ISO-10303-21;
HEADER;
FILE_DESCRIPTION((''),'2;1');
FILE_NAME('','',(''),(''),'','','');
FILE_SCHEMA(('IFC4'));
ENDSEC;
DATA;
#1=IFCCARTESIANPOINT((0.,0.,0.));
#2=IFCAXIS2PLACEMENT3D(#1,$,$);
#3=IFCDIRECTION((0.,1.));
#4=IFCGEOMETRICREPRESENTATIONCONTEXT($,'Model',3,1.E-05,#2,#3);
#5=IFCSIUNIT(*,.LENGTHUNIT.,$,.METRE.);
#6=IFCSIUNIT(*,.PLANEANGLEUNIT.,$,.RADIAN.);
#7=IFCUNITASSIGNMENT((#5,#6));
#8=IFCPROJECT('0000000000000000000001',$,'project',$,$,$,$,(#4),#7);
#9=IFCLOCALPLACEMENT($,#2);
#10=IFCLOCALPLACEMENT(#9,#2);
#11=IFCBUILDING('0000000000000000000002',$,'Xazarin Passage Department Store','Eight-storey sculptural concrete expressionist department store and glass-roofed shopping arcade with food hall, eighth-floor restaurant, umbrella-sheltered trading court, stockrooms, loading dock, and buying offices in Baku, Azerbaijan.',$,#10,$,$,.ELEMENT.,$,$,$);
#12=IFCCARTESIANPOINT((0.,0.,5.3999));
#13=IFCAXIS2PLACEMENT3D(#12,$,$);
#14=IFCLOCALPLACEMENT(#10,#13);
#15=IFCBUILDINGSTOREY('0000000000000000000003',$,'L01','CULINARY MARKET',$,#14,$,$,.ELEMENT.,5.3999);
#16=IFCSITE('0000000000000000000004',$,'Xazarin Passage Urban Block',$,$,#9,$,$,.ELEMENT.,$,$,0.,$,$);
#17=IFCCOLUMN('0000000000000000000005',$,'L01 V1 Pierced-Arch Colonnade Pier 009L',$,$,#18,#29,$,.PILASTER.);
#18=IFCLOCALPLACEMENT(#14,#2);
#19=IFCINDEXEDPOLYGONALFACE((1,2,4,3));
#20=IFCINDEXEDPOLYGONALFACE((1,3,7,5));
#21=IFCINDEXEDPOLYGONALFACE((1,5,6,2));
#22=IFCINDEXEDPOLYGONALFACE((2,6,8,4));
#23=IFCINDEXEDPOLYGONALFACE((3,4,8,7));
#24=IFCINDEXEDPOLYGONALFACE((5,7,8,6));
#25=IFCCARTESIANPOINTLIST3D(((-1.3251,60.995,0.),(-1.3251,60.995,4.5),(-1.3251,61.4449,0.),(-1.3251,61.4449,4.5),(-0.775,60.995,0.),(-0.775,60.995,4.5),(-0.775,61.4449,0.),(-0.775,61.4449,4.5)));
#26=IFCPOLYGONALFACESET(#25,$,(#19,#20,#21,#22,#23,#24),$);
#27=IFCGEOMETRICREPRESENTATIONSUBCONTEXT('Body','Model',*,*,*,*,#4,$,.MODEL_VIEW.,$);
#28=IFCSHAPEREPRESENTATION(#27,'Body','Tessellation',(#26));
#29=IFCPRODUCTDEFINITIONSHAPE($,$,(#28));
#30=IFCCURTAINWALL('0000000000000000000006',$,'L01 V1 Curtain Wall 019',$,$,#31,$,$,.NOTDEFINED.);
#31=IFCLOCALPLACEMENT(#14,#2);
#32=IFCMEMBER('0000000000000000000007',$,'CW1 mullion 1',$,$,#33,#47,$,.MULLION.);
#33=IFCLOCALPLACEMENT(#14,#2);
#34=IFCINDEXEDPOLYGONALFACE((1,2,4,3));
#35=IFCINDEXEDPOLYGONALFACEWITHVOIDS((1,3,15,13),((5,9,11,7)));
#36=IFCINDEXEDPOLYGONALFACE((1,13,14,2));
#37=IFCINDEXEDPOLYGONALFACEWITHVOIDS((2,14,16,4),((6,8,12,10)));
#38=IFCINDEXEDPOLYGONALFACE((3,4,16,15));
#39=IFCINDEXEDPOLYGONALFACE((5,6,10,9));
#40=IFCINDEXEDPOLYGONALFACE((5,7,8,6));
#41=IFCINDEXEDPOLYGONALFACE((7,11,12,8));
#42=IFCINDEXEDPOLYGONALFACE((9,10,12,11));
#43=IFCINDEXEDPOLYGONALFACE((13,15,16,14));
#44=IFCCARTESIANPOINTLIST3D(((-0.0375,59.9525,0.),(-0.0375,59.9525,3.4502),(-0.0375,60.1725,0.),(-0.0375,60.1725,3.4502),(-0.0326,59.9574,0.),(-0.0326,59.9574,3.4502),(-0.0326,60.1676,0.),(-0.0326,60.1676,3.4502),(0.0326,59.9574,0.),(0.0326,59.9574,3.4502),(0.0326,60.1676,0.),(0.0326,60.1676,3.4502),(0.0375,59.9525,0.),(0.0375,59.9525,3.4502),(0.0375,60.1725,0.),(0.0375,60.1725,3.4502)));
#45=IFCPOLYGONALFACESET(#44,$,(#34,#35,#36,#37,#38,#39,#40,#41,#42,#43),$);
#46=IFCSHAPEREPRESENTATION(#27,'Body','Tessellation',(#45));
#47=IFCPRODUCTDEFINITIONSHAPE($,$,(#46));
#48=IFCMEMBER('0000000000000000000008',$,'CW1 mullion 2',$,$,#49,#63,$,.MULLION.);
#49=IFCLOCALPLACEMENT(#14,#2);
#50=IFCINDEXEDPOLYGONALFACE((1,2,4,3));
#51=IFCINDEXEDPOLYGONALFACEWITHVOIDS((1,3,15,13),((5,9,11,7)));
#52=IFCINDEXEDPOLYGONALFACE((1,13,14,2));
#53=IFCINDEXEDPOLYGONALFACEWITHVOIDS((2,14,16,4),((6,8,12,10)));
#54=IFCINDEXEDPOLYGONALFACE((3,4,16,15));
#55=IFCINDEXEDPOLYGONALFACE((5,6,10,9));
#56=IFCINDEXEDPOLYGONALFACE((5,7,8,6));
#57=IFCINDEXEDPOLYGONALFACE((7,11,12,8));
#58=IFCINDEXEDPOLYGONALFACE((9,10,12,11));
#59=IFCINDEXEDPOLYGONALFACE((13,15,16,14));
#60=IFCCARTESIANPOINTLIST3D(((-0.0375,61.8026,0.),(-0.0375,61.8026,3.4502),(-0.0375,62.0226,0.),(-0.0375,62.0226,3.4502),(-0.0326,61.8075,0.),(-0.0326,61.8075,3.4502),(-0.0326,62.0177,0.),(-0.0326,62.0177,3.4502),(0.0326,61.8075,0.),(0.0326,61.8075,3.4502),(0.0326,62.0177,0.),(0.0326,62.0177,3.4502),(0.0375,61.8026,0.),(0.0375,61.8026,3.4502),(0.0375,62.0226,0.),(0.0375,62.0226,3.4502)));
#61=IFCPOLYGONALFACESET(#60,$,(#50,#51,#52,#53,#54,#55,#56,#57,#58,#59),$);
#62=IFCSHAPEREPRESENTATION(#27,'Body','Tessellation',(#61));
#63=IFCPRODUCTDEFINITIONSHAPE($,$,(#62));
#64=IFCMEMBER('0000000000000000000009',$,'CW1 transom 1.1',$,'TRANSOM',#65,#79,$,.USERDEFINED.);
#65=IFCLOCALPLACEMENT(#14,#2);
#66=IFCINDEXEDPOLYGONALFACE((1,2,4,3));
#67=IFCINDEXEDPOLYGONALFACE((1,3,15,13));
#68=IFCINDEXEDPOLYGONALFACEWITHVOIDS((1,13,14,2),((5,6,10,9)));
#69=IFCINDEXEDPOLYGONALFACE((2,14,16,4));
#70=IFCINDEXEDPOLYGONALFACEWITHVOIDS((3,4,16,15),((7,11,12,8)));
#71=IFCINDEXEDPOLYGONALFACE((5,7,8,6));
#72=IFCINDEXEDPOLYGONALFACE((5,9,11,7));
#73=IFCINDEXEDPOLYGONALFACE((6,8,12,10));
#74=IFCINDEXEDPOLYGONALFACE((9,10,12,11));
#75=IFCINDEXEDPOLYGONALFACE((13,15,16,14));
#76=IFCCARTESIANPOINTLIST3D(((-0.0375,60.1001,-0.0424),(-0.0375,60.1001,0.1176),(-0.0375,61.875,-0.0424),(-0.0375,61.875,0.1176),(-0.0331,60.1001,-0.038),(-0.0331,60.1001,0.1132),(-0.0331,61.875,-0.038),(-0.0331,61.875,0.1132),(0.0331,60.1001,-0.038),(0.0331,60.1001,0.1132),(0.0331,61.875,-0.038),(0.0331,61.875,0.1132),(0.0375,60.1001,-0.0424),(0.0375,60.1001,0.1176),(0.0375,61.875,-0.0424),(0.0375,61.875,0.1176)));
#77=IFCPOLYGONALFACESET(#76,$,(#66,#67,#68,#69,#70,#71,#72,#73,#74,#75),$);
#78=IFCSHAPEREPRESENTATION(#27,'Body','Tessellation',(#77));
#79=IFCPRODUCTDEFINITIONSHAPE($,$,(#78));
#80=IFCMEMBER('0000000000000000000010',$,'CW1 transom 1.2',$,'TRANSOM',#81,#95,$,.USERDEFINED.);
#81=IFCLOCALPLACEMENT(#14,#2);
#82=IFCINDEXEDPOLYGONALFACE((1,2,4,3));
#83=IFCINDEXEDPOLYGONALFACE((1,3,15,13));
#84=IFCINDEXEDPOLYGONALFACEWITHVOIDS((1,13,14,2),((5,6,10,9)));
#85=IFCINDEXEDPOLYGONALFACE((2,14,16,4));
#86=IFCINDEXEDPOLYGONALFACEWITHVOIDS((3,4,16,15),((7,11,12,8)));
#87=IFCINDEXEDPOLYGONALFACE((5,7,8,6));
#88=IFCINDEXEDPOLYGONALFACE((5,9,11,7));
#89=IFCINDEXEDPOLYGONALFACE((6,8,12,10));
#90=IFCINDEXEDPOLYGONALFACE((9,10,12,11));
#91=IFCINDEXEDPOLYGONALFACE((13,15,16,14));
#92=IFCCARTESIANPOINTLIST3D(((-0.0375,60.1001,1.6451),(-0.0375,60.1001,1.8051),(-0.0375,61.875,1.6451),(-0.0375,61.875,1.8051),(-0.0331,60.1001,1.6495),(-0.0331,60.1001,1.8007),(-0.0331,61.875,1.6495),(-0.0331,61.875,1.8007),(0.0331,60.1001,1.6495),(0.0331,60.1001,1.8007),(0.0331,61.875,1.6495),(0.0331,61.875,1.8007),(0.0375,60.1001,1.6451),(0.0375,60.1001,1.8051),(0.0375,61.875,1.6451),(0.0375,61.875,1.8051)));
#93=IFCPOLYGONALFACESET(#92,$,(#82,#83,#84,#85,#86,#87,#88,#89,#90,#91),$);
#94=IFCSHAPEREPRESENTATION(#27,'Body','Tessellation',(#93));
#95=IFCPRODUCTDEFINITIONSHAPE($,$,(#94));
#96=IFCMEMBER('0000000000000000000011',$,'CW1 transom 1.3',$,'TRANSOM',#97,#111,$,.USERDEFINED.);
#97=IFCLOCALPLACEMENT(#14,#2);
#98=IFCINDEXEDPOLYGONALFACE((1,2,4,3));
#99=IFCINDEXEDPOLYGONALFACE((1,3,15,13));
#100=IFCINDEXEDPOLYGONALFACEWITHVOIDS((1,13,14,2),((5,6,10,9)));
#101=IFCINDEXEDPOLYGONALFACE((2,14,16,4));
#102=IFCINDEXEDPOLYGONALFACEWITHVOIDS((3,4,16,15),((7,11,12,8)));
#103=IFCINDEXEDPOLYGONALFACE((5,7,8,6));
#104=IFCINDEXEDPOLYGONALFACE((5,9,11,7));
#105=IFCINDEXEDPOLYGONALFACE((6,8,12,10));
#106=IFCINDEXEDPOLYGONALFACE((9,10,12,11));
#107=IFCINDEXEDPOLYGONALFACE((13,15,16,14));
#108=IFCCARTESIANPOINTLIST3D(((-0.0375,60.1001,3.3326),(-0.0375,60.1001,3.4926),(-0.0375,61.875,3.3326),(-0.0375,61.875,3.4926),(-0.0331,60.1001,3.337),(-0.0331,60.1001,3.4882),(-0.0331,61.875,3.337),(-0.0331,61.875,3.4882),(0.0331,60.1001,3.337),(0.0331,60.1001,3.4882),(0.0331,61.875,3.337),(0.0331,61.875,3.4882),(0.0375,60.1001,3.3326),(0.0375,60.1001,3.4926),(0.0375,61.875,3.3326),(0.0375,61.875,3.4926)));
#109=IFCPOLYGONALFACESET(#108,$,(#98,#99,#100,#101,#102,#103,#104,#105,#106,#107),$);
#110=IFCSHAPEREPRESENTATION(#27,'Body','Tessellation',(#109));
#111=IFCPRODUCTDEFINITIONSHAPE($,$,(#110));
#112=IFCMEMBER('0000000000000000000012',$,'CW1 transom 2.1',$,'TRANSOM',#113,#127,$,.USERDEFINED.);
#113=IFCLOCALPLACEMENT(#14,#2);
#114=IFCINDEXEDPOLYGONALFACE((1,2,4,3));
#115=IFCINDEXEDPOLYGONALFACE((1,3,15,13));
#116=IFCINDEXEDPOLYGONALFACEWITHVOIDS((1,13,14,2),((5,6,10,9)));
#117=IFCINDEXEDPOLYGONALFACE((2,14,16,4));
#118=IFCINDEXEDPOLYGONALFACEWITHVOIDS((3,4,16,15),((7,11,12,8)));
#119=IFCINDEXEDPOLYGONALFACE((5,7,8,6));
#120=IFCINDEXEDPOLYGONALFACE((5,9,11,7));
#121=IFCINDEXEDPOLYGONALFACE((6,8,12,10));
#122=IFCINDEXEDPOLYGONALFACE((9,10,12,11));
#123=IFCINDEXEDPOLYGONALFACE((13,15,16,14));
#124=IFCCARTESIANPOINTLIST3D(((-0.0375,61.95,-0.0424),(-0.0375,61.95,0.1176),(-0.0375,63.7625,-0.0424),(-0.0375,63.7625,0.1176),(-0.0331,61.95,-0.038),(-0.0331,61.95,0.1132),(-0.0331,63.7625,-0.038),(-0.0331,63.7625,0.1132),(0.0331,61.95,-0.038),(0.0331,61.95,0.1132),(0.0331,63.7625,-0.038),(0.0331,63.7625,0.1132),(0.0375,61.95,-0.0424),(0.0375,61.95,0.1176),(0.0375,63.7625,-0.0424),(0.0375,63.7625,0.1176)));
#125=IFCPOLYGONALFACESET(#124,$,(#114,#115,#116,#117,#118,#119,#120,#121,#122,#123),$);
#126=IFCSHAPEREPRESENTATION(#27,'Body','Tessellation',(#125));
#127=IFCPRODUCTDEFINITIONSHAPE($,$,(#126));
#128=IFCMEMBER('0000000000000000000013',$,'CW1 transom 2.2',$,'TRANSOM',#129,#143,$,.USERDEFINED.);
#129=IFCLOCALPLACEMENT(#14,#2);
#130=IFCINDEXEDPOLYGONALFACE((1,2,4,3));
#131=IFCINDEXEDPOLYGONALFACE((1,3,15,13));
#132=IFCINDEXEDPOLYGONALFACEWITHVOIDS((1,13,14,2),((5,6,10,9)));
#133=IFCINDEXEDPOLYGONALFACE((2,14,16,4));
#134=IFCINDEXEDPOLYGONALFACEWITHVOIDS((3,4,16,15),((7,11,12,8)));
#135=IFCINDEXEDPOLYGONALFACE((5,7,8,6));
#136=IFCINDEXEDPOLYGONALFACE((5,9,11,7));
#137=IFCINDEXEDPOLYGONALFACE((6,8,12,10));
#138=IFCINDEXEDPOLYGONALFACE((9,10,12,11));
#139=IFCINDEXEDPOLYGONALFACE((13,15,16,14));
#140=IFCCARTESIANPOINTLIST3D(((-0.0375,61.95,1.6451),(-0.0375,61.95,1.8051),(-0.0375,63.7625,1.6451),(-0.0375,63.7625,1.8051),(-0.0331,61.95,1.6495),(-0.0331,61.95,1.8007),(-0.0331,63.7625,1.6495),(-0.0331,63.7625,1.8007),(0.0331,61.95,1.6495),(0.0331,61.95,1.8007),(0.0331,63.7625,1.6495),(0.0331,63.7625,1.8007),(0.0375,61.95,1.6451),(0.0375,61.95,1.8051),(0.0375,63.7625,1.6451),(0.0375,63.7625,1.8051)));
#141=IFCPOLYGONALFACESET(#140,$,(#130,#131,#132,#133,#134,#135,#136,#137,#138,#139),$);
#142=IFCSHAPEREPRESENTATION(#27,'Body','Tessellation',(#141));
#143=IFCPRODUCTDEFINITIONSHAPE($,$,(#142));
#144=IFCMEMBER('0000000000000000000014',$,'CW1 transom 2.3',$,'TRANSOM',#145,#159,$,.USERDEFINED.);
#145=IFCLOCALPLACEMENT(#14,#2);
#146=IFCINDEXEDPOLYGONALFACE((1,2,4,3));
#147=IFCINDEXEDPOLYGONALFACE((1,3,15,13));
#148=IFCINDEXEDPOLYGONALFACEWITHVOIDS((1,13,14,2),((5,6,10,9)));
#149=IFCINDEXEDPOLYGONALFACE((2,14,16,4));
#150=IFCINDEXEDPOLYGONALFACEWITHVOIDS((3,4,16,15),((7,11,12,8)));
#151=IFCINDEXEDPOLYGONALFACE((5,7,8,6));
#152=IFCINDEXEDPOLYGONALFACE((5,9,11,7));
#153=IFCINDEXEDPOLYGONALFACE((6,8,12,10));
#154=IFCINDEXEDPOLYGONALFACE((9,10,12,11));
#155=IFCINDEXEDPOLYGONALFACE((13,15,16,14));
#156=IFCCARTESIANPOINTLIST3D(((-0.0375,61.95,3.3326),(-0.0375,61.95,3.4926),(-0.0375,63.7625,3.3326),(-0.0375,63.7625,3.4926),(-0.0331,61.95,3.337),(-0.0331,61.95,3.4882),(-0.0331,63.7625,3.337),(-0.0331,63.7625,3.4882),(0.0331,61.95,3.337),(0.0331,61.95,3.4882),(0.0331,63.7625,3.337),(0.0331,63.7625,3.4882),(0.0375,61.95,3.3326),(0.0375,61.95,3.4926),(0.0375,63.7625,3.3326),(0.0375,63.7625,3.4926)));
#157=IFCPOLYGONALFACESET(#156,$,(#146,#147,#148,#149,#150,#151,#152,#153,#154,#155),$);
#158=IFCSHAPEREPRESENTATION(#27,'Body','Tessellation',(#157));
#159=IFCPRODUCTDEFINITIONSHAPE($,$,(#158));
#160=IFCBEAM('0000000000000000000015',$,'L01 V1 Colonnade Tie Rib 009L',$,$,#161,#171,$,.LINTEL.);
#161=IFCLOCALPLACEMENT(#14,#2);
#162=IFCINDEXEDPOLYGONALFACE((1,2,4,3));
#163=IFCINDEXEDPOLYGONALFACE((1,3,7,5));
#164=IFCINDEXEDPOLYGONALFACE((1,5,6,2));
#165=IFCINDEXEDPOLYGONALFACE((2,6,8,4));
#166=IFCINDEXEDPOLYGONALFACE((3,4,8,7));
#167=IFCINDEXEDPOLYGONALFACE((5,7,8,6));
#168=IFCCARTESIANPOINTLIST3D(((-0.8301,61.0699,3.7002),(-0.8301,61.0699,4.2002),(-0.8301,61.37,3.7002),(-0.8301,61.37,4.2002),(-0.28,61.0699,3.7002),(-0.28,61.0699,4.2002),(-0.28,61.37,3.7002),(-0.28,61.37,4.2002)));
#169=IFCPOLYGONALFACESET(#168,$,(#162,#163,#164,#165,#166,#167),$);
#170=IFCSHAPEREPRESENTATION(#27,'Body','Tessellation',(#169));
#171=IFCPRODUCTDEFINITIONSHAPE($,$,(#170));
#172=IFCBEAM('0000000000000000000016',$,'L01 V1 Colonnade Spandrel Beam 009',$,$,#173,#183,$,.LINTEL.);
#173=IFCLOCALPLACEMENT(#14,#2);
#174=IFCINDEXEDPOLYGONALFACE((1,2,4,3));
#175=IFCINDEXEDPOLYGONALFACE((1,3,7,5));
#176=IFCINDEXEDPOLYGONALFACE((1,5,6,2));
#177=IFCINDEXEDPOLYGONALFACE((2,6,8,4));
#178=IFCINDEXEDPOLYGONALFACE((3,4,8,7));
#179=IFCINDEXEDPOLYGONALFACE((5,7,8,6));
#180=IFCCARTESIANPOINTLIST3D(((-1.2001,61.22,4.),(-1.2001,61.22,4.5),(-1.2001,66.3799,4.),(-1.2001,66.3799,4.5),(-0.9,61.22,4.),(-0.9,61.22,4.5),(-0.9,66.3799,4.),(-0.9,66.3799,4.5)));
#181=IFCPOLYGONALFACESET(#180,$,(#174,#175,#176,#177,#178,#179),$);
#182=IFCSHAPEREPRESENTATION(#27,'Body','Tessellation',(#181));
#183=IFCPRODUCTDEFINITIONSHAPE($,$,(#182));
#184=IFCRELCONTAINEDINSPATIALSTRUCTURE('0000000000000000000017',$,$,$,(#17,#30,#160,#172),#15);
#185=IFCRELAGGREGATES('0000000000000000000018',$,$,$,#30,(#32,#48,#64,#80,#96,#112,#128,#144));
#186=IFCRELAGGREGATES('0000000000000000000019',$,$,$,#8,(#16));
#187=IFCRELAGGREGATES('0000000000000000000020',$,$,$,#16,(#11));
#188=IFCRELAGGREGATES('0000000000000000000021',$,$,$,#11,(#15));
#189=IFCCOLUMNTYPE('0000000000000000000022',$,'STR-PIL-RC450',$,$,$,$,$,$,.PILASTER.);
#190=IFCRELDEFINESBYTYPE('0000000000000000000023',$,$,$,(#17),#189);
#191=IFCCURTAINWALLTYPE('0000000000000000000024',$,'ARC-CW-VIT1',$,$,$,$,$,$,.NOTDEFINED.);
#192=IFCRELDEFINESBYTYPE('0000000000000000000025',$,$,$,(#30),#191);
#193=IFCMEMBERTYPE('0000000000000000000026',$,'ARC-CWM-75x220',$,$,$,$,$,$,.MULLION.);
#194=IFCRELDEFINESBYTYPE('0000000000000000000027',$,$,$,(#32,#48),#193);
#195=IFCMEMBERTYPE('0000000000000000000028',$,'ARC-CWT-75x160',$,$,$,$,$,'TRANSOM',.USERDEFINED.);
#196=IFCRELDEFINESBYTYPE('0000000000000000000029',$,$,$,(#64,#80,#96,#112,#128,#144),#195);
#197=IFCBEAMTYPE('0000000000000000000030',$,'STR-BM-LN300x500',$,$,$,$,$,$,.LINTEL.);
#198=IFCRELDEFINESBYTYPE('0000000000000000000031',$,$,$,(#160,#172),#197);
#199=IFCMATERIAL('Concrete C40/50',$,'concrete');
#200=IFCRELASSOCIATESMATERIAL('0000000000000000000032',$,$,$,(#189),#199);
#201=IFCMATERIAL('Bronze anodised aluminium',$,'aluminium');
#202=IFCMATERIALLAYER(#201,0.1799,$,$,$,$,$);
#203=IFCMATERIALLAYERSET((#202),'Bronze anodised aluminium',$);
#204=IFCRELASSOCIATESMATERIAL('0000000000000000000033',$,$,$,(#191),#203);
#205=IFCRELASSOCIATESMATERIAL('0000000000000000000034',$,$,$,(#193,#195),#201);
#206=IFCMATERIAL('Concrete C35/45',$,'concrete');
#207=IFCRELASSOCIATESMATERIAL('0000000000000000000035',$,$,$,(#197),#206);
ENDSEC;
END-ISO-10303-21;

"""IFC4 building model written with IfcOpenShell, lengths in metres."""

from ifc_helpers import new_model, si_unit, direction, frame, origin, origin_2d, place, context, subcontext, project, spatial, rectangle, hollow_rectangle, extrude, material, layer, layer_set, material_profile, profile_set, type_object, element, aggregate, save


model = new_model("IFC4")

# Units and contexts
model_context = context("Model", 3, precision=1e-05, world=origin(), true_north=direction((0.0, 1.0)))
body_context = subcontext(model_context, "Body", "Model", "MODEL_VIEW")
ifc_project = project(units=[si_unit("LENGTHUNIT", "METRE"), si_unit("PLANEANGLEUNIT", "RADIAN")], contexts=[model_context])

# Site, building, storey
site_placement = place(None, origin())
site = spatial("IfcSite", under=ifc_project, at=site_placement, Name="Xazarin Passage Urban Block", CompositionType="ELEMENT", RefElevation=0.0)
building_placement = place(site_placement, origin())
building = spatial("IfcBuilding", under=site, at=building_placement, Name="Xazarin Passage Department Store", Description="Eight-storey sculptural concrete expressionist department store and glass-roofed shopping arcade with food hall, eighth-floor restaurant, umbrella-sheltered trading court, stockrooms, loading dock, and buying offices in Baku, Azerbaijan.", CompositionType="ELEMENT")
storey_placement = place(building_placement, frame((0.0, 0.0, 5.3999)))
storey = spatial("IfcBuildingStorey", under=building, at=storey_placement, Name="L01", Description="CULINARY MARKET", CompositionType="ELEMENT", Elevation=5.3999)

# Column
ifc_material_1 = material(Name="Concrete C40/50", Category="concrete")
ifc_material_profile_1 = material_profile(ifc_material_1, rectangle(XDim=0.45, YDim=0.55, at=origin_2d()), Name="RC 450x550")
ifc_profile_set_1 = profile_set([ifc_material_profile_1], Name="Concrete C40/50")
column_type = type_object("IfcColumnType", Name="STR-PIL-RC450", PredefinedType="PILASTER", material=ifc_profile_set_1)
column_placement = place(storey_placement, frame((-1.05, 61.22, 0.0), z_axis=(0.0, 0.0, 1.0), x_axis=(0.0, 1.0, 0.0)))
element("IfcColumn", 1, at=column_placement, inside=storey, type_object=column_type, Name="L01 V1 Pierced-Arch Colonnade Pier 009L", PredefinedType="PILASTER", context=body_context, shape_type="SweptSolid", body=[
    extrude(rectangle(XDim=0.45, YDim=0.55, at=origin_2d()), origin(), (0.0, 0.0, 1.0), 4.5),
])

# Curtain wall, members
ifc_material_2 = material(Name="Bronze anodised aluminium", Category="aluminium")
ifc_layer_1 = layer(ifc_material_2, 0.1799)
ifc_layer_set_1 = layer_set([ifc_layer_1], Name="Bronze anodised aluminium")
curtain_wall_type = type_object("IfcCurtainWallType", Name="ARC-CW-VIT1", PredefinedType="NOTDEFINED", material=ifc_layer_set_1)
curtain_wall_placement = place(storey_placement, origin())
curtain_wall = element("IfcCurtainWall", 2, at=curtain_wall_placement, inside=storey, type_object=curtain_wall_type, Name="L01 V1 Curtain Wall 019", PredefinedType="NOTDEFINED")
ifc_material_profile_2 = material_profile(ifc_material_2, hollow_rectangle(XDim=0.075, YDim=0.22, WallThickness=0.0049, at=origin_2d()), Name="ALU 75x220")
ifc_profile_set_2 = profile_set([ifc_material_profile_2], Name="Bronze anodised aluminium")
member_type_1 = type_object("IfcMemberType", Name="ARC-CWM-75x220", PredefinedType="MULLION", material=ifc_profile_set_2)
member_1_placement = place(storey_placement, frame((0.0, 60.0625, 0.0), z_axis=(0.0, 0.0, 1.0), x_axis=(-1.0, 0.0, 0.0)))
member_1 = element("IfcMember", 3, at=member_1_placement, type_object=member_type_1, Name="CW1 mullion 1", PredefinedType="MULLION", context=body_context, shape_type="SweptSolid", body=[
    extrude(hollow_rectangle(XDim=0.075, YDim=0.22, WallThickness=0.0049, at=origin_2d()), origin(), (0.0, 0.0, 1.0), 3.4502),
])
member_2_placement = place(storey_placement, frame((0.0, 61.9126, 0.0), z_axis=(0.0, 0.0, 1.0), x_axis=(-1.0, 0.0, 0.0)))
member_2 = element("IfcMember", 4, at=member_2_placement, type_object=member_type_1, Name="CW1 mullion 2", PredefinedType="MULLION", context=body_context, shape_type="SweptSolid", body=[
    extrude(hollow_rectangle(XDim=0.075, YDim=0.22, WallThickness=0.0049, at=origin_2d()), origin(), (0.0, 0.0, 1.0), 3.4502),
])
ifc_material_profile_3 = material_profile(ifc_material_2, hollow_rectangle(XDim=0.075, YDim=0.1599, WallThickness=0.0044, at=origin_2d()), Name="ALU 75x160")
ifc_profile_set_3 = profile_set([ifc_material_profile_3], Name="Bronze anodised aluminium")
member_type_2 = type_object("IfcMemberType", Name="ARC-CWT-75x160", ElementType="TRANSOM", PredefinedType="USERDEFINED", material=ifc_profile_set_3)
member_3_placement = place(storey_placement, frame((0.0, 60.1001, 0.0376), z_axis=(0.0, 1.0, 0.0), x_axis=(-1.0, 0.0, 0.0)))
member_3 = element("IfcMember", 5, at=member_3_placement, type_object=member_type_2, Name="CW1 transom 1.1", ObjectType="TRANSOM", PredefinedType="USERDEFINED", context=body_context, shape_type="SweptSolid", body=[
    extrude(hollow_rectangle(XDim=0.075, YDim=0.1599, WallThickness=0.0044, at=origin_2d()), origin(), (0.0, 0.0, 1.0), 1.7749),
])
member_4_placement = place(storey_placement, frame((0.0, 60.1001, 1.7251), z_axis=(0.0, 1.0, 0.0), x_axis=(-1.0, 0.0, 0.0)))
member_4 = element("IfcMember", 6, at=member_4_placement, type_object=member_type_2, Name="CW1 transom 1.2", ObjectType="TRANSOM", PredefinedType="USERDEFINED", context=body_context, shape_type="SweptSolid", body=[
    extrude(hollow_rectangle(XDim=0.075, YDim=0.1599, WallThickness=0.0044, at=origin_2d()), origin(), (0.0, 0.0, 1.0), 1.7749),
])
member_5_placement = place(storey_placement, frame((0.0, 60.1001, 3.4126), z_axis=(0.0, 1.0, 0.0), x_axis=(-1.0, 0.0, 0.0)))
member_5 = element("IfcMember", 7, at=member_5_placement, type_object=member_type_2, Name="CW1 transom 1.3", ObjectType="TRANSOM", PredefinedType="USERDEFINED", context=body_context, shape_type="SweptSolid", body=[
    extrude(hollow_rectangle(XDim=0.075, YDim=0.1599, WallThickness=0.0044, at=origin_2d()), origin(), (0.0, 0.0, 1.0), 1.7749),
])
member_6_placement = place(storey_placement, frame((0.0, 61.95, 0.0376), z_axis=(0.0, 1.0, 0.0), x_axis=(-1.0, 0.0, 0.0)))
member_6 = element("IfcMember", 8, at=member_6_placement, type_object=member_type_2, Name="CW1 transom 2.1", ObjectType="TRANSOM", PredefinedType="USERDEFINED", context=body_context, shape_type="SweptSolid", body=[
    extrude(hollow_rectangle(XDim=0.075, YDim=0.1599, WallThickness=0.0044, at=origin_2d()), origin(), (0.0, 0.0, 1.0), 1.8125),
])
member_7_placement = place(storey_placement, frame((0.0, 61.95, 1.7251), z_axis=(0.0, 1.0, 0.0), x_axis=(-1.0, 0.0, 0.0)))
member_7 = element("IfcMember", 9, at=member_7_placement, type_object=member_type_2, Name="CW1 transom 2.2", ObjectType="TRANSOM", PredefinedType="USERDEFINED", context=body_context, shape_type="SweptSolid", body=[
    extrude(hollow_rectangle(XDim=0.075, YDim=0.1599, WallThickness=0.0044, at=origin_2d()), origin(), (0.0, 0.0, 1.0), 1.8125),
])
member_8_placement = place(storey_placement, frame((0.0, 61.95, 3.4126), z_axis=(0.0, 1.0, 0.0), x_axis=(-1.0, 0.0, 0.0)))
member_8 = element("IfcMember", 10, at=member_8_placement, type_object=member_type_2, Name="CW1 transom 2.3", ObjectType="TRANSOM", PredefinedType="USERDEFINED", context=body_context, shape_type="SweptSolid", body=[
    extrude(hollow_rectangle(XDim=0.075, YDim=0.1599, WallThickness=0.0044, at=origin_2d()), origin(), (0.0, 0.0, 1.0), 1.8125),
])

# Beams
ifc_material_3 = material(Name="Concrete C35/45", Category="concrete")
ifc_material_profile_4 = material_profile(ifc_material_3, rectangle(XDim=0.3, YDim=0.5, at=origin_2d()), Name="RC 300x500")
ifc_profile_set_4 = profile_set([ifc_material_profile_4], Name="Concrete C35/45")
beam_type_1 = type_object("IfcBeamType", Name="STR-BM-LN300x500", PredefinedType="LINTEL", material=ifc_profile_set_4)
beam_1_placement = place(storey_placement, frame((-0.28, 61.22, 3.9502), z_axis=(-1.0, 0.0, 0.0), x_axis=(0.0, -1.0, 0.0)))
element("IfcBeam", 11, at=beam_1_placement, inside=storey, type_object=beam_type_1, Name="L01 V1 Colonnade Tie Rib 009L", PredefinedType="LINTEL", context=body_context, shape_type="SweptSolid", body=[
    extrude(rectangle(XDim=0.3, YDim=0.5, at=origin_2d()), origin(), (0.0, 0.0, 1.0), 0.55),
])
beam_2_placement = place(storey_placement, frame((-1.05, 61.22, 4.25), z_axis=(0.0, 1.0, 0.0), x_axis=(-1.0, 0.0, 0.0)))
element("IfcBeam", 12, at=beam_2_placement, inside=storey, type_object=beam_type_1, Name="L01 V1 Colonnade Spandrel Beam 009", PredefinedType="LINTEL", context=body_context, shape_type="SweptSolid", body=[
    extrude(rectangle(XDim=0.3, YDim=0.5, at=origin_2d()), origin(), (0.0, 0.0, 1.0), 5.1599),
])

aggregate(curtain_wall, [member_1, member_2, member_3, member_4, member_5, member_6, member_7, member_8])

save(model, "model.ifc")
